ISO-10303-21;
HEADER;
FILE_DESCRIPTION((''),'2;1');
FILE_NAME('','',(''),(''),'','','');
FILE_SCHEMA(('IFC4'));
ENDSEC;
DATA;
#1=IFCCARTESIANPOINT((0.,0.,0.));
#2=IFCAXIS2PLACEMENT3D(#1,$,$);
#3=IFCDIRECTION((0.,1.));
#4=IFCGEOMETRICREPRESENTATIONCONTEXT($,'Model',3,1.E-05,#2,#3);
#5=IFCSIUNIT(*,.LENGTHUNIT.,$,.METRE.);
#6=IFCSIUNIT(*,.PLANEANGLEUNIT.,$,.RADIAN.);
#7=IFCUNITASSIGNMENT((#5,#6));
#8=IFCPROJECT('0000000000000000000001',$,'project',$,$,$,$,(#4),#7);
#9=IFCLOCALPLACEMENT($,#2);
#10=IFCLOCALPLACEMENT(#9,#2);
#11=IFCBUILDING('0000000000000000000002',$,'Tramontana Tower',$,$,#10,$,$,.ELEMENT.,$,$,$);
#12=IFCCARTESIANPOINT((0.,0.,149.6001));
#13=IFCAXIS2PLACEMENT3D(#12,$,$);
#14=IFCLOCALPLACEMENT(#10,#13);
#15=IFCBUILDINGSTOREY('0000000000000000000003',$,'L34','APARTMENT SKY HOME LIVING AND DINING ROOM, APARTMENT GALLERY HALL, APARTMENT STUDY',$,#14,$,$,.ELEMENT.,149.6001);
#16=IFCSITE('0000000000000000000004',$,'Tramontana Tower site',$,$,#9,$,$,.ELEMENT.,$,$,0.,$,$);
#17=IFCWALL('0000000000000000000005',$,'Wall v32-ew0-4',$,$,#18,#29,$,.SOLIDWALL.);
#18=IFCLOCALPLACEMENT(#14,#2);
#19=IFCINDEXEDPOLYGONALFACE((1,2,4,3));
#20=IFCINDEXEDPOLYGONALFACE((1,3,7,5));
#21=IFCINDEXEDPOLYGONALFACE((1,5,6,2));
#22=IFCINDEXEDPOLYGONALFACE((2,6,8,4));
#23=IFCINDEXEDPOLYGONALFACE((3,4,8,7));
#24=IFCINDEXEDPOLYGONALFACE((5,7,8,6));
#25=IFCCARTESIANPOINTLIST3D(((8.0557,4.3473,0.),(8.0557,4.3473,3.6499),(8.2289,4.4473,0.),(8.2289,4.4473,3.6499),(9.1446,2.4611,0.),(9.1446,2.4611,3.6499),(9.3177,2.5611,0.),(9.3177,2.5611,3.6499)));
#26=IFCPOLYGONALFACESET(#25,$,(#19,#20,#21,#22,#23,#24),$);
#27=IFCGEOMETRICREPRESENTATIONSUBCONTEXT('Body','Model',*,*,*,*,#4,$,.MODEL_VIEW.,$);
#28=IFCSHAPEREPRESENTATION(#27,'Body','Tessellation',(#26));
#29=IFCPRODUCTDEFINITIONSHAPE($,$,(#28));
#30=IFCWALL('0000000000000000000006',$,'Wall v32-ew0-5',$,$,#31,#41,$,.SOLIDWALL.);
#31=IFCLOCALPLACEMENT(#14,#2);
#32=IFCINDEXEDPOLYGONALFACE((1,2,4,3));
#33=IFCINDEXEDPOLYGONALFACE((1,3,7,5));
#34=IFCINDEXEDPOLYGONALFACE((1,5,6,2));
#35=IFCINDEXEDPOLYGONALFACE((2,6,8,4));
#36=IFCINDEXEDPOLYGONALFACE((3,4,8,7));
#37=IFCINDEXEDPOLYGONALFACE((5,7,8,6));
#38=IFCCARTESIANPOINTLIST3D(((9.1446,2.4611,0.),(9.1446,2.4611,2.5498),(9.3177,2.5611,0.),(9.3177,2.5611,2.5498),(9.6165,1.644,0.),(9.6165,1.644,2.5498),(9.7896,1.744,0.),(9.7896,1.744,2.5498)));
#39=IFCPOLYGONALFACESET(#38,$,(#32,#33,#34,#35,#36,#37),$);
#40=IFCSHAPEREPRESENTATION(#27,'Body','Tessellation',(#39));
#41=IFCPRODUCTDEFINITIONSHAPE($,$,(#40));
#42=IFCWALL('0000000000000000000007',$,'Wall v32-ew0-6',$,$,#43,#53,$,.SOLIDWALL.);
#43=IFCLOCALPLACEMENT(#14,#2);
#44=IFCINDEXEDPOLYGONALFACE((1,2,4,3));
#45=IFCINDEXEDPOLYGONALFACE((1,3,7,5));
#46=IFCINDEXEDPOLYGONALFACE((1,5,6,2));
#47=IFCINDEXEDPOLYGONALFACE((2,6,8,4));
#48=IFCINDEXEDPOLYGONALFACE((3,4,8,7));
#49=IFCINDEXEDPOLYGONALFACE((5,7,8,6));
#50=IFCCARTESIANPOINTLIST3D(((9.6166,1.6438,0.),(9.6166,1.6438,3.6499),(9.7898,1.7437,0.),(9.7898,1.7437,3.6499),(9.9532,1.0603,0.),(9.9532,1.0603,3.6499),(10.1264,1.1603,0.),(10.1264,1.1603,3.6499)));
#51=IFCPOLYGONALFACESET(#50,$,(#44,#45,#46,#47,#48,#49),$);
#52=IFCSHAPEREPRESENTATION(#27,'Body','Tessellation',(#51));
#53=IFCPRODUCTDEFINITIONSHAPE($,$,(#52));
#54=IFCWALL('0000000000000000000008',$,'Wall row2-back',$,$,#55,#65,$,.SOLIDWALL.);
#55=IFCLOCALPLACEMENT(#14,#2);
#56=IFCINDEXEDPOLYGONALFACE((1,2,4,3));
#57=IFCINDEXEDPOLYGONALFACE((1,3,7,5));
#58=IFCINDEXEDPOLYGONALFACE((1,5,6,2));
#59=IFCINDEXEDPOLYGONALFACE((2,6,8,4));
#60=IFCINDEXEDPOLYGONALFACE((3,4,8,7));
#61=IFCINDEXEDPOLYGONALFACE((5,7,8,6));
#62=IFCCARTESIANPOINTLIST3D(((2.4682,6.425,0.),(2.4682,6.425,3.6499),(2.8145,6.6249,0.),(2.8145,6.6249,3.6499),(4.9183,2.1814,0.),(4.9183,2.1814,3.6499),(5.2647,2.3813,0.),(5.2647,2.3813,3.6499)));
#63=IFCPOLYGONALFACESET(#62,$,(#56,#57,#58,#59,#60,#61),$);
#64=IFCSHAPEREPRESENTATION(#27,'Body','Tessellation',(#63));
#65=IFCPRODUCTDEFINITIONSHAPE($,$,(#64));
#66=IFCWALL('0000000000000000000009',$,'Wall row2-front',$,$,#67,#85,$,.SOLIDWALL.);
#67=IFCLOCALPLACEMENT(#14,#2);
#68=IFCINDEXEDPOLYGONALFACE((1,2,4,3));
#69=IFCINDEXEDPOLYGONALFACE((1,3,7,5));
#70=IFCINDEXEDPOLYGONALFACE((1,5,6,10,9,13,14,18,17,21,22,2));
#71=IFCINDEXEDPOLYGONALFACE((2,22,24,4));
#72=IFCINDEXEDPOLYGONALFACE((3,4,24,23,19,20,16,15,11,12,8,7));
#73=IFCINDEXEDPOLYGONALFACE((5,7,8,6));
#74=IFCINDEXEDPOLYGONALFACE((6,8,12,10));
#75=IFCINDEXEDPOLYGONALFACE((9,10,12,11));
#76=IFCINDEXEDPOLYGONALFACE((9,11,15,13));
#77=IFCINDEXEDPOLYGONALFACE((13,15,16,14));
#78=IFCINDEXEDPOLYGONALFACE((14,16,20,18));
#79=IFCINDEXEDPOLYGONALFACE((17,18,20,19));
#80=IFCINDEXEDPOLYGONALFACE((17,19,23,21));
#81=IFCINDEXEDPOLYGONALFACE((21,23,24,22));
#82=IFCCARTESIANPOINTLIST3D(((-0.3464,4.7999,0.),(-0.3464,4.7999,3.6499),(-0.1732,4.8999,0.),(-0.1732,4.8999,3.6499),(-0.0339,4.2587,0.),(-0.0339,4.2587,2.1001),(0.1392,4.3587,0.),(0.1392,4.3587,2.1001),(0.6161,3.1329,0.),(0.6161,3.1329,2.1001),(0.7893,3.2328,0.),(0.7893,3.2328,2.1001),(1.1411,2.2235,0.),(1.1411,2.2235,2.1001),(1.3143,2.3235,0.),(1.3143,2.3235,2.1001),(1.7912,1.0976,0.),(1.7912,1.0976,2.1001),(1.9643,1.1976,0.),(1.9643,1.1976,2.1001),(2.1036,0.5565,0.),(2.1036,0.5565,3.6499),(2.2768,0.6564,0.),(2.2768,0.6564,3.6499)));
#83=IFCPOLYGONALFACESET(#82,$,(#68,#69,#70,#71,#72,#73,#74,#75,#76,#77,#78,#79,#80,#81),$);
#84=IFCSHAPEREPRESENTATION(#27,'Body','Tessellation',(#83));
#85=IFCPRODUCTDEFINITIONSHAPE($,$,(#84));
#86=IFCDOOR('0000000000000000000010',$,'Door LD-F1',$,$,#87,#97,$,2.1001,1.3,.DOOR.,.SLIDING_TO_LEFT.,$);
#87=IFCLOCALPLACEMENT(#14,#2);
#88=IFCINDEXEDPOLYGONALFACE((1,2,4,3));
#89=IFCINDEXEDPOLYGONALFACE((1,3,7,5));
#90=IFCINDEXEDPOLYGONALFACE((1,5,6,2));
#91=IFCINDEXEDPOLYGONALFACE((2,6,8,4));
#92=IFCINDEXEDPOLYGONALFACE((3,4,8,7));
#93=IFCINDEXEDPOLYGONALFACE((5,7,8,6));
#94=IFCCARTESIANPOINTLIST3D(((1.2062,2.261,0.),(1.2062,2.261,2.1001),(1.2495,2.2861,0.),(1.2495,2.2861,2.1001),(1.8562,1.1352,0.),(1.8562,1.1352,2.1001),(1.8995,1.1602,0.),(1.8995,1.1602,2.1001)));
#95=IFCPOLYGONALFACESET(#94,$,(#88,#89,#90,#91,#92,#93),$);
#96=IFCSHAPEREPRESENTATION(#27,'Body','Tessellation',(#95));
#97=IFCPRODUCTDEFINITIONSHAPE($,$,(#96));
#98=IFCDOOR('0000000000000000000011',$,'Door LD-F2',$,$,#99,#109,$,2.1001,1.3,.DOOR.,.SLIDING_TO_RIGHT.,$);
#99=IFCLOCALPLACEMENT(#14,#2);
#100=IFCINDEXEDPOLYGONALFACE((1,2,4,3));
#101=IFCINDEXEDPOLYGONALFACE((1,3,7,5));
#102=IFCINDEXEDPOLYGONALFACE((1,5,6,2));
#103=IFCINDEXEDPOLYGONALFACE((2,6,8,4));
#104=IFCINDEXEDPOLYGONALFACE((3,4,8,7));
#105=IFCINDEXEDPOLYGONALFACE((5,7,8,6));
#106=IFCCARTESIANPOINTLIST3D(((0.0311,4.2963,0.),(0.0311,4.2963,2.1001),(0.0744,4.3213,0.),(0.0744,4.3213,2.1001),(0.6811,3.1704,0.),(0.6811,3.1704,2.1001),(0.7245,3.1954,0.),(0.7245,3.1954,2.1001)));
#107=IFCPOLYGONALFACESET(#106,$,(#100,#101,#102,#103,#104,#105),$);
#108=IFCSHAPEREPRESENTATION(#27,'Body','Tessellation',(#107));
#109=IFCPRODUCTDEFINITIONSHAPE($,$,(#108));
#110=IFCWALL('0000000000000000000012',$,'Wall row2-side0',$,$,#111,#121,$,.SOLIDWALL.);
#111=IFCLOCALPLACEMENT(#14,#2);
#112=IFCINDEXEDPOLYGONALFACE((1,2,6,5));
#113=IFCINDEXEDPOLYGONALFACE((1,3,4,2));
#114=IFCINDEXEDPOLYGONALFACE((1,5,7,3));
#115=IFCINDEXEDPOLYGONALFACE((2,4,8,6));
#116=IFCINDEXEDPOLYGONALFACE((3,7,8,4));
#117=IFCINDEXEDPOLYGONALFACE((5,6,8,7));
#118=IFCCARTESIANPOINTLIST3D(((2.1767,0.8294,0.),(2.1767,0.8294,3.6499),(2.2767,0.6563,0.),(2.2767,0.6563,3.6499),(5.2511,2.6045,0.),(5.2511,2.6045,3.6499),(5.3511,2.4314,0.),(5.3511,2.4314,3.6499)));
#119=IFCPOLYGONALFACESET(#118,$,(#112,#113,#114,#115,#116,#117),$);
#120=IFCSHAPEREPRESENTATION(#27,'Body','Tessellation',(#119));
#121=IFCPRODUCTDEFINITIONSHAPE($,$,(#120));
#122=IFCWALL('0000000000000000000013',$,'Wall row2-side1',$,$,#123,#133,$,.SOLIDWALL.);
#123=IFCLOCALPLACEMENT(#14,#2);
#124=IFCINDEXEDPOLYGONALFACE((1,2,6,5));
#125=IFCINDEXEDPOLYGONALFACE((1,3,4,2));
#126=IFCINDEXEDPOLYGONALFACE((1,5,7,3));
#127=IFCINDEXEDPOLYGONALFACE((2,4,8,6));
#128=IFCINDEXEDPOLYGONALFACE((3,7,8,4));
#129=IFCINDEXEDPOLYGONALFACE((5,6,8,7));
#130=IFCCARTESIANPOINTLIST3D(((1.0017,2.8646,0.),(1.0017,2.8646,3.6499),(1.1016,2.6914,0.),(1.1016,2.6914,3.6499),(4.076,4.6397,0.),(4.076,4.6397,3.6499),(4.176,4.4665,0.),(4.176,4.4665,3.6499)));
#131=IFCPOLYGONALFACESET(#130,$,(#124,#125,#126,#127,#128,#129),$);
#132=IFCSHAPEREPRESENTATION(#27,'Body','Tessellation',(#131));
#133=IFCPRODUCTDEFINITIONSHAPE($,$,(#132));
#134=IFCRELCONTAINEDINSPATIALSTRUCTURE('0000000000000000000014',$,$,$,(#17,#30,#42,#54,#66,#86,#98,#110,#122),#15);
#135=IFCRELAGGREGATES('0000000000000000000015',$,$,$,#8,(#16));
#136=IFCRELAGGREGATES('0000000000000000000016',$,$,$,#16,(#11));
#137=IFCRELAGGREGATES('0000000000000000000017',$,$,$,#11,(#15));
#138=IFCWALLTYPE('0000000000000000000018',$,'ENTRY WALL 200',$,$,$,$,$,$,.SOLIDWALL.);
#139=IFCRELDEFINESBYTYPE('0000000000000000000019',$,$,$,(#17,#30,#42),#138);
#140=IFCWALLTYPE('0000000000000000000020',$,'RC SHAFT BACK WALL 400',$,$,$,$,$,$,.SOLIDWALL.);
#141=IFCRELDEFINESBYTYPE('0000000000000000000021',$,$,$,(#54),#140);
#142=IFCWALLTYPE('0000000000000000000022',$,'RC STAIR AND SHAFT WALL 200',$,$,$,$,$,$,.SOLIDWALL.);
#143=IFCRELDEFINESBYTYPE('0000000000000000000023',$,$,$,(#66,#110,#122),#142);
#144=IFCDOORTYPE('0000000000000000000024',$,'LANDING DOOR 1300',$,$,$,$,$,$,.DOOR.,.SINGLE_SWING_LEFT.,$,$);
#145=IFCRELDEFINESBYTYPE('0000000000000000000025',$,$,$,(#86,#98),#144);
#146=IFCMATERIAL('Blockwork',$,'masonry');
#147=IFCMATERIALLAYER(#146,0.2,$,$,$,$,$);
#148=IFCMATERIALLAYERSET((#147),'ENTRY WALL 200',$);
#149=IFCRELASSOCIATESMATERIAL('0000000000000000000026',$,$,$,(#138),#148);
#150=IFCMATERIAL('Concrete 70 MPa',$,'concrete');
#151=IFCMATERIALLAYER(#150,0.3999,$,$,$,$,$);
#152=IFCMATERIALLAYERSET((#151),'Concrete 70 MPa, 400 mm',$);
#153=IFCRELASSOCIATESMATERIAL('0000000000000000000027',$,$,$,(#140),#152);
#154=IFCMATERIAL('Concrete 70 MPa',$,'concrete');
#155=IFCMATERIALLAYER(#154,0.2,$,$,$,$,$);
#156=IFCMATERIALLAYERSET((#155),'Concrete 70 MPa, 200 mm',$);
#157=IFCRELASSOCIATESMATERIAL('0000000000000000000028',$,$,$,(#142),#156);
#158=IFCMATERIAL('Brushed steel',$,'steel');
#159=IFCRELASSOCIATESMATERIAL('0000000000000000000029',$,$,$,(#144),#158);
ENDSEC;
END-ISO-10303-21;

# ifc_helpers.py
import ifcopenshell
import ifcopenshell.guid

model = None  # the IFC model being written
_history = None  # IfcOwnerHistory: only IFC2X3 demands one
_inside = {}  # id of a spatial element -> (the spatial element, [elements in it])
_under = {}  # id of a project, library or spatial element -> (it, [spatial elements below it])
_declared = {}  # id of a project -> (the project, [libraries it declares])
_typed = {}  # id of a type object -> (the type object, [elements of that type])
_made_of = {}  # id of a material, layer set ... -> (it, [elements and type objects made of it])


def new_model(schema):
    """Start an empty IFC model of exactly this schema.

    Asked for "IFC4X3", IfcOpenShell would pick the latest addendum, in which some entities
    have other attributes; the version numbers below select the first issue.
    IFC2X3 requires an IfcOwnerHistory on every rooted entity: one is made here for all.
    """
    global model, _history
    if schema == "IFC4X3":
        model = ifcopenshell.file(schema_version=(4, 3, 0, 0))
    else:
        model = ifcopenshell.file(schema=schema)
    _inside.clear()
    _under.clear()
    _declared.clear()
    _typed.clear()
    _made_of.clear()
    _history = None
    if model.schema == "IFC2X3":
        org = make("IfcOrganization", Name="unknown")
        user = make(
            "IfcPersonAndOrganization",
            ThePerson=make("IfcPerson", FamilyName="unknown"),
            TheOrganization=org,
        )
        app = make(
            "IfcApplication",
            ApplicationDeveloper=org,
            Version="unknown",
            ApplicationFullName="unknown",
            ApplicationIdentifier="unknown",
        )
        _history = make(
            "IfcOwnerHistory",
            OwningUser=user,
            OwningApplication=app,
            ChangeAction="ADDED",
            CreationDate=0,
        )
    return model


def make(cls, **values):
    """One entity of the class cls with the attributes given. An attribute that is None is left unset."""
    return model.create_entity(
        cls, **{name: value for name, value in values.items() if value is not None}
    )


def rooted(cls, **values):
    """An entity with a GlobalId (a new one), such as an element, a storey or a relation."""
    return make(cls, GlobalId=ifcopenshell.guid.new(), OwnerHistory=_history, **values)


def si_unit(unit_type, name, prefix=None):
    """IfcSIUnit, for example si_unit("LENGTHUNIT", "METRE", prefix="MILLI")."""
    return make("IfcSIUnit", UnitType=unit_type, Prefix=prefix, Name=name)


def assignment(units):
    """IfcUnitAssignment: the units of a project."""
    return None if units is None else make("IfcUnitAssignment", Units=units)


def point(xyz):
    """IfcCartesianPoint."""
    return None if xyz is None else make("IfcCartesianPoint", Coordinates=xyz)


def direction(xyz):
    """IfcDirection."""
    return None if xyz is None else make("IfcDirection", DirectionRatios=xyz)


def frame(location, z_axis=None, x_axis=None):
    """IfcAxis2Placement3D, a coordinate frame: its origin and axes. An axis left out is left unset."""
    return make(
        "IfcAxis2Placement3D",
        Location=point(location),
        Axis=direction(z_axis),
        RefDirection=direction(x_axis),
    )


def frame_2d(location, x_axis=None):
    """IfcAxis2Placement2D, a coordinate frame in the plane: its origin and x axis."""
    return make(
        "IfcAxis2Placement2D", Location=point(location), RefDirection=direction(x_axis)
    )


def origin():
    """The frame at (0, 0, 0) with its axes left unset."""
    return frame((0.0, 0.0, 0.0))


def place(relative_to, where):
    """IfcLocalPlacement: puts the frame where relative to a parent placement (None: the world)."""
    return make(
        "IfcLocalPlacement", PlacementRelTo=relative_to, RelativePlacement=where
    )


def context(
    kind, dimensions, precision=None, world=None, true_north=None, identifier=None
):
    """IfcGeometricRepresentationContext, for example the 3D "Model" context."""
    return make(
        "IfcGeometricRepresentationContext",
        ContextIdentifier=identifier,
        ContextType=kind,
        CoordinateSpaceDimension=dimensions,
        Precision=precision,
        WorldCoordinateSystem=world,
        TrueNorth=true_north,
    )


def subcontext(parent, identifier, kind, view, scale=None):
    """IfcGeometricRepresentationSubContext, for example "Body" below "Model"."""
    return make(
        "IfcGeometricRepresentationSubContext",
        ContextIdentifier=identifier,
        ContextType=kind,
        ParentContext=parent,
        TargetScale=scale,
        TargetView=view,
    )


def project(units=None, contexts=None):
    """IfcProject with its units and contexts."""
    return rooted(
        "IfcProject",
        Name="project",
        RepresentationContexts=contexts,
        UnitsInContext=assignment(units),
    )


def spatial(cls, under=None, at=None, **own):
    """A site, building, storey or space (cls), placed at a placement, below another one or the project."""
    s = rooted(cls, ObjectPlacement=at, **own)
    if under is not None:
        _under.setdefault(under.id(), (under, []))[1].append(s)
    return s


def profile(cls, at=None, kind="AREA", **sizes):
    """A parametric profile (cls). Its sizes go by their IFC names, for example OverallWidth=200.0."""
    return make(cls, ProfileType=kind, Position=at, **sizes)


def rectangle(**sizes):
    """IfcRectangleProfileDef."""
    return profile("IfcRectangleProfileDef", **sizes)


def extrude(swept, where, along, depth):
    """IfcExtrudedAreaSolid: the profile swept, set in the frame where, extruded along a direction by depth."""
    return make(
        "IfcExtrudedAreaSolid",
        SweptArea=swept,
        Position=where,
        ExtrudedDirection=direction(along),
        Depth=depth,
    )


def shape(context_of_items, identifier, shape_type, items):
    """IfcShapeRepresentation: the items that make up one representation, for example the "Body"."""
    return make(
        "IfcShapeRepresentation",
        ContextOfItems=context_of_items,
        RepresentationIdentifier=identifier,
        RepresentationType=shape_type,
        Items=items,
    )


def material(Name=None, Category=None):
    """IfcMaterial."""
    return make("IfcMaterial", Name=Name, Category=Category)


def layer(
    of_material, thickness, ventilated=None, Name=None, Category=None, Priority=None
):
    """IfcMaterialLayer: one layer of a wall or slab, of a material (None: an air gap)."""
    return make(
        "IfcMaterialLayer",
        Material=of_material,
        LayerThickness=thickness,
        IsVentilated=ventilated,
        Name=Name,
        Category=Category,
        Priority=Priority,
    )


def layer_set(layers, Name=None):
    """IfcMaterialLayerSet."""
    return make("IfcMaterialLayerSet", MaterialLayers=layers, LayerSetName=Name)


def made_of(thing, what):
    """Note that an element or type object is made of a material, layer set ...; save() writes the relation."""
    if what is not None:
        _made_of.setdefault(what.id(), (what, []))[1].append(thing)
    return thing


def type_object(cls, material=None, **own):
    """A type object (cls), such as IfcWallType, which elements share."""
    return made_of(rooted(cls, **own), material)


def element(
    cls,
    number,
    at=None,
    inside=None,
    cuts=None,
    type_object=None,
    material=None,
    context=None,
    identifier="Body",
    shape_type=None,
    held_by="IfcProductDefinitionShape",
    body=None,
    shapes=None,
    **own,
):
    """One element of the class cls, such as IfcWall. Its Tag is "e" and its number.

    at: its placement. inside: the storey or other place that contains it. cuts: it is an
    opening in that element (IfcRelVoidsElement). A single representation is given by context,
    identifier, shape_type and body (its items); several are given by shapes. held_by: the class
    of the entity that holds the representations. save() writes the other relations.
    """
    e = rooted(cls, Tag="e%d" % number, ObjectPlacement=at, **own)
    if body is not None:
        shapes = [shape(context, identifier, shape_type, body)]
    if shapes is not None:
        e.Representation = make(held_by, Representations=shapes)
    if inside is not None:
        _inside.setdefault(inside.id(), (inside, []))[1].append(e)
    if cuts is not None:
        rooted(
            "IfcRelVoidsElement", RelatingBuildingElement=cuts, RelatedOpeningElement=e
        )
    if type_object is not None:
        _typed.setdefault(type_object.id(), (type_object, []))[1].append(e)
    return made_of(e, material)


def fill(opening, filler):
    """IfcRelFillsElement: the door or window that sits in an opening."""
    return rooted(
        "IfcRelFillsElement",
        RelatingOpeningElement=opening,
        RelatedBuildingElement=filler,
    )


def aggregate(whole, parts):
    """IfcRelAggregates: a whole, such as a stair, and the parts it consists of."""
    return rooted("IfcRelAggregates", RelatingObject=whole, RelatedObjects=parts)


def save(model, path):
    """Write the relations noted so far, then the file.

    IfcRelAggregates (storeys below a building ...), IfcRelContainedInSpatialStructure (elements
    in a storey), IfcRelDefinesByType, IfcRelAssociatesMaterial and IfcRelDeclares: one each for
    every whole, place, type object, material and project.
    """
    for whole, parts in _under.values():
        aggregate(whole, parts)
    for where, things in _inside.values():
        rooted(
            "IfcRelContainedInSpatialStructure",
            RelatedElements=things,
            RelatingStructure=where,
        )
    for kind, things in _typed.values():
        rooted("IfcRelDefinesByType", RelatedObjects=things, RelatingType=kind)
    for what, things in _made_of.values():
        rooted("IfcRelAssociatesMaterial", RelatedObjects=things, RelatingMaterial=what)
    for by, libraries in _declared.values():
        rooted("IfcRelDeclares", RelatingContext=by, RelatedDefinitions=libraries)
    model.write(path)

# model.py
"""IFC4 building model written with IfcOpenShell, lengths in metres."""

from ifc_helpers import new_model, si_unit, direction, frame, frame_2d, origin, place, context, subcontext, project, spatial, rectangle, extrude, material, layer, layer_set, type_object, element, fill, save


model = new_model("IFC4")

# Units and contexts
model_context = context("Model", 3, precision=1e-05, world=origin(), true_north=direction((0.0, 1.0)))
body_context = subcontext(model_context, "Body", "Model", "MODEL_VIEW")
ifc_project = project(units=[si_unit("LENGTHUNIT", "METRE"), si_unit("PLANEANGLEUNIT", "RADIAN")], contexts=[model_context])

# Site, building, storey
site_placement = place(None, origin())
site = spatial("IfcSite", under=ifc_project, at=site_placement, Name="Tramontana Tower site", CompositionType="ELEMENT", RefElevation=0.0)
building_placement = place(site_placement, origin())
building = spatial("IfcBuilding", under=site, at=building_placement, Name="Tramontana Tower", CompositionType="ELEMENT")
storey_placement = place(building_placement, frame((0.0, 0.0, 149.6001)))
storey = spatial("IfcBuildingStorey", under=building, at=storey_placement, Name="L34", Description="APARTMENT SKY HOME LIVING AND DINING ROOM, APARTMENT GALLERY HALL, APARTMENT STUDY", CompositionType="ELEMENT", Elevation=149.6001)

# Walls
ifc_material_1 = material(Name="Blockwork", Category="masonry")
ifc_layer_1 = layer(ifc_material_1, 0.2)
ifc_layer_set_1 = layer_set([ifc_layer_1], Name="ENTRY WALL 200")
wall_type_1 = type_object("IfcWallType", Name="ENTRY WALL 200", PredefinedType="SOLIDWALL", material=ifc_layer_set_1)
wall_1_placement = place(storey_placement, frame((8.1423, 4.3972, 0.0), z_axis=(0.0, 0.0, 1.0), x_axis=(0.499949, -0.866055, 0.0)))
element("IfcWall", 1, at=wall_1_placement, inside=storey, type_object=wall_type_1, Name="Wall v32-ew0-4", PredefinedType="SOLIDWALL", context=body_context, shape_type="SweptSolid", body=[
    extrude(rectangle(XDim=2.178, YDim=0.2, at=frame_2d((1.0889, 0.0))), origin(), (0.0, 0.0, 1.0), 3.6499),
])
wall_2_placement = place(storey_placement, frame((9.2312, 2.511, 0.0), z_axis=(0.0, 0.0, 1.0), x_axis=(0.500118, -0.865957, 0.0)))
element("IfcWall", 2, at=wall_2_placement, inside=storey, type_object=wall_type_1, Name="Wall v32-ew0-5", PredefinedType="SOLIDWALL", context=body_context, shape_type="SweptSolid", body=[
    extrude(rectangle(XDim=0.9436, YDim=0.2, at=frame_2d((0.4717, 0.0))), origin(), (0.0, 0.0, 1.0), 2.5498),
])
wall_3_placement = place(storey_placement, frame((9.7031, 1.6938, 0.0), z_axis=(0.0, 0.0, 1.0), x_axis=(0.499764, -0.866161, 0.0)))
element("IfcWall", 3, at=wall_3_placement, inside=storey, type_object=wall_type_1, Name="Wall v32-ew0-6", PredefinedType="SOLIDWALL", context=body_context, shape_type="SweptSolid", body=[
    extrude(rectangle(XDim=0.6736, YDim=0.2, at=frame_2d((0.3369, 0.0))), origin(), (0.0, 0.0, 1.0), 3.6499),
])

# Wall
ifc_material_2 = material(Name="Concrete 70 MPa", Category="concrete")
ifc_layer_2 = layer(ifc_material_2, 0.3999)
ifc_layer_set_2 = layer_set([ifc_layer_2], Name="Concrete 70 MPa, 400 mm")
wall_type_2 = type_object("IfcWallType", Name="RC SHAFT BACK WALL 400", PredefinedType="SOLIDWALL", material=ifc_layer_set_2)
wall_4_placement = place(storey_placement, frame((5.0916, 2.2812, 0.0), z_axis=(0.0, 0.0, 1.0), x_axis=(-0.500019, 0.866015, 0.0)))
element("IfcWall", 4, at=wall_4_placement, inside=storey, type_object=wall_type_2, Name="Wall row2-back", PredefinedType="SOLIDWALL", context=body_context, shape_type="SweptSolid", body=[
    extrude(rectangle(XDim=4.9001, YDim=0.3999, at=frame_2d((2.4502, 0.0))), origin(), (0.0, 0.0, 1.0), 3.6499),
])

# Shared definitions
ifc_material_3 = material(Name="Concrete 70 MPa", Category="concrete")
ifc_layer_3 = layer(ifc_material_3, 0.2)
ifc_layer_set_3 = layer_set([ifc_layer_3], Name="Concrete 70 MPa, 200 mm")
wall_type_3 = type_object("IfcWallType", Name="RC STAIR AND SHAFT WALL 200", PredefinedType="SOLIDWALL", material=ifc_layer_set_3)

# Wall, openings, doors
wall_5_placement = place(storey_placement, frame((2.1902, 0.6064, 0.0), z_axis=(0.0, 0.0, 1.0), x_axis=(-0.500003, 0.866024, 0.0)))
wall_5 = element("IfcWall", 5, at=wall_5_placement, inside=storey, type_object=wall_type_3, Name="Wall row2-front", PredefinedType="SOLIDWALL", context=body_context, shape_type="SweptSolid", body=[
    extrude(rectangle(XDim=4.8999, YDim=0.2, at=frame_2d((2.45, 0.0))), origin(), (0.0, 0.0, 1.0), 3.6499),
])
opening_1_placement = place(wall_5_placement, frame((0.625, 0.0, 0.0)))
opening_1 = element("IfcOpeningElement", 6, at=opening_1_placement, cuts=wall_5, PredefinedType="OPENING", context=body_context, shape_type="SweptSolid", body=[
    extrude(rectangle(XDim=1.3, YDim=2.1001, at=frame_2d((0.6499, 1.05))), frame((0.0, 0.1099, 0.0), z_axis=(0.0, -1.0, 0.0), x_axis=(1.0, 0.0, 0.0)), (0.0, 0.0, 1.0), 0.22),
])
opening_2_placement = place(wall_5_placement, frame((2.9751, 0.0, 0.0)))
opening_2 = element("IfcOpeningElement", 7, at=opening_2_placement, cuts=wall_5, PredefinedType="OPENING", context=body_context, shape_type="SweptSolid", body=[
    extrude(rectangle(XDim=1.3, YDim=2.1001, at=frame_2d((0.6499, 1.05))), frame((0.0, 0.1099, 0.0), z_axis=(0.0, -1.0, 0.0), x_axis=(1.0, 0.0, 0.0)), (0.0, 0.0, 1.0), 0.22),
])
ifc_material_4 = material(Name="Brushed steel", Category="steel")
door_type_1 = type_object("IfcDoorType", Name="LANDING DOOR 1300", OperationType="SINGLE_SWING_LEFT", PredefinedType="DOOR", material=ifc_material_4)
door_1_placement = place(opening_1_placement, origin())
door_1 = element("IfcDoor", 8, at=door_1_placement, inside=storey, type_object=door_type_1, Name="Door LD-F1", OperationType="SLIDING_TO_LEFT", OverallHeight=2.1001, OverallWidth=1.3, PredefinedType="DOOR", context=body_context, shape_type="SweptSolid", body=[
    extrude(rectangle(XDim=1.3, YDim=2.1001, at=frame_2d((0.6499, 1.05))), frame((0.0, 0.0249, 0.0), z_axis=(0.0, -1.0, 0.0), x_axis=(1.0, 0.0, 0.0)), (0.0, 0.0, 1.0), 0.05),
])
fill(opening_1, door_1)
door_2_placement = place(opening_2_placement, origin())
door_2 = element("IfcDoor", 9, at=door_2_placement, inside=storey, type_object=door_type_1, Name="Door LD-F2", OperationType="SLIDING_TO_RIGHT", OverallHeight=2.1001, OverallWidth=1.3, PredefinedType="DOOR", context=body_context, shape_type="SweptSolid", body=[
    extrude(rectangle(XDim=1.3, YDim=2.1001, at=frame_2d((0.6499, 1.05))), frame((0.0, 0.0249, 0.0), z_axis=(0.0, -1.0, 0.0), x_axis=(1.0, 0.0, 0.0)), (0.0, 0.0, 1.0), 0.05),
])
fill(opening_2, door_2)

# Walls
for number, where, z_axis, x_axis, name in (
    (10, (2.2268, 0.7429, 0.0), (0.0, 0.0, 1.0), (0.866013, 0.500022, 0.0), "Wall row2-side0"),
    (11, (1.0518, 2.7781, 0.0), (0.0, 0.0, 1.0), (0.866013, 0.500022, 0.0), "Wall row2-side1"),
):
    element("IfcWall", number, at=place(storey_placement, frame(where, z_axis=z_axis, x_axis=x_axis)), inside=storey, type_object=wall_type_3, Name=name, PredefinedType="SOLIDWALL", context=body_context, shape_type="SweptSolid", body=[
        extrude(rectangle(XDim=3.55, YDim=0.2, at=frame_2d((1.7749, 0.0))), origin(), (0.0, 0.0, 1.0), 3.6499),
    ])

save(model, "model.ifc")
